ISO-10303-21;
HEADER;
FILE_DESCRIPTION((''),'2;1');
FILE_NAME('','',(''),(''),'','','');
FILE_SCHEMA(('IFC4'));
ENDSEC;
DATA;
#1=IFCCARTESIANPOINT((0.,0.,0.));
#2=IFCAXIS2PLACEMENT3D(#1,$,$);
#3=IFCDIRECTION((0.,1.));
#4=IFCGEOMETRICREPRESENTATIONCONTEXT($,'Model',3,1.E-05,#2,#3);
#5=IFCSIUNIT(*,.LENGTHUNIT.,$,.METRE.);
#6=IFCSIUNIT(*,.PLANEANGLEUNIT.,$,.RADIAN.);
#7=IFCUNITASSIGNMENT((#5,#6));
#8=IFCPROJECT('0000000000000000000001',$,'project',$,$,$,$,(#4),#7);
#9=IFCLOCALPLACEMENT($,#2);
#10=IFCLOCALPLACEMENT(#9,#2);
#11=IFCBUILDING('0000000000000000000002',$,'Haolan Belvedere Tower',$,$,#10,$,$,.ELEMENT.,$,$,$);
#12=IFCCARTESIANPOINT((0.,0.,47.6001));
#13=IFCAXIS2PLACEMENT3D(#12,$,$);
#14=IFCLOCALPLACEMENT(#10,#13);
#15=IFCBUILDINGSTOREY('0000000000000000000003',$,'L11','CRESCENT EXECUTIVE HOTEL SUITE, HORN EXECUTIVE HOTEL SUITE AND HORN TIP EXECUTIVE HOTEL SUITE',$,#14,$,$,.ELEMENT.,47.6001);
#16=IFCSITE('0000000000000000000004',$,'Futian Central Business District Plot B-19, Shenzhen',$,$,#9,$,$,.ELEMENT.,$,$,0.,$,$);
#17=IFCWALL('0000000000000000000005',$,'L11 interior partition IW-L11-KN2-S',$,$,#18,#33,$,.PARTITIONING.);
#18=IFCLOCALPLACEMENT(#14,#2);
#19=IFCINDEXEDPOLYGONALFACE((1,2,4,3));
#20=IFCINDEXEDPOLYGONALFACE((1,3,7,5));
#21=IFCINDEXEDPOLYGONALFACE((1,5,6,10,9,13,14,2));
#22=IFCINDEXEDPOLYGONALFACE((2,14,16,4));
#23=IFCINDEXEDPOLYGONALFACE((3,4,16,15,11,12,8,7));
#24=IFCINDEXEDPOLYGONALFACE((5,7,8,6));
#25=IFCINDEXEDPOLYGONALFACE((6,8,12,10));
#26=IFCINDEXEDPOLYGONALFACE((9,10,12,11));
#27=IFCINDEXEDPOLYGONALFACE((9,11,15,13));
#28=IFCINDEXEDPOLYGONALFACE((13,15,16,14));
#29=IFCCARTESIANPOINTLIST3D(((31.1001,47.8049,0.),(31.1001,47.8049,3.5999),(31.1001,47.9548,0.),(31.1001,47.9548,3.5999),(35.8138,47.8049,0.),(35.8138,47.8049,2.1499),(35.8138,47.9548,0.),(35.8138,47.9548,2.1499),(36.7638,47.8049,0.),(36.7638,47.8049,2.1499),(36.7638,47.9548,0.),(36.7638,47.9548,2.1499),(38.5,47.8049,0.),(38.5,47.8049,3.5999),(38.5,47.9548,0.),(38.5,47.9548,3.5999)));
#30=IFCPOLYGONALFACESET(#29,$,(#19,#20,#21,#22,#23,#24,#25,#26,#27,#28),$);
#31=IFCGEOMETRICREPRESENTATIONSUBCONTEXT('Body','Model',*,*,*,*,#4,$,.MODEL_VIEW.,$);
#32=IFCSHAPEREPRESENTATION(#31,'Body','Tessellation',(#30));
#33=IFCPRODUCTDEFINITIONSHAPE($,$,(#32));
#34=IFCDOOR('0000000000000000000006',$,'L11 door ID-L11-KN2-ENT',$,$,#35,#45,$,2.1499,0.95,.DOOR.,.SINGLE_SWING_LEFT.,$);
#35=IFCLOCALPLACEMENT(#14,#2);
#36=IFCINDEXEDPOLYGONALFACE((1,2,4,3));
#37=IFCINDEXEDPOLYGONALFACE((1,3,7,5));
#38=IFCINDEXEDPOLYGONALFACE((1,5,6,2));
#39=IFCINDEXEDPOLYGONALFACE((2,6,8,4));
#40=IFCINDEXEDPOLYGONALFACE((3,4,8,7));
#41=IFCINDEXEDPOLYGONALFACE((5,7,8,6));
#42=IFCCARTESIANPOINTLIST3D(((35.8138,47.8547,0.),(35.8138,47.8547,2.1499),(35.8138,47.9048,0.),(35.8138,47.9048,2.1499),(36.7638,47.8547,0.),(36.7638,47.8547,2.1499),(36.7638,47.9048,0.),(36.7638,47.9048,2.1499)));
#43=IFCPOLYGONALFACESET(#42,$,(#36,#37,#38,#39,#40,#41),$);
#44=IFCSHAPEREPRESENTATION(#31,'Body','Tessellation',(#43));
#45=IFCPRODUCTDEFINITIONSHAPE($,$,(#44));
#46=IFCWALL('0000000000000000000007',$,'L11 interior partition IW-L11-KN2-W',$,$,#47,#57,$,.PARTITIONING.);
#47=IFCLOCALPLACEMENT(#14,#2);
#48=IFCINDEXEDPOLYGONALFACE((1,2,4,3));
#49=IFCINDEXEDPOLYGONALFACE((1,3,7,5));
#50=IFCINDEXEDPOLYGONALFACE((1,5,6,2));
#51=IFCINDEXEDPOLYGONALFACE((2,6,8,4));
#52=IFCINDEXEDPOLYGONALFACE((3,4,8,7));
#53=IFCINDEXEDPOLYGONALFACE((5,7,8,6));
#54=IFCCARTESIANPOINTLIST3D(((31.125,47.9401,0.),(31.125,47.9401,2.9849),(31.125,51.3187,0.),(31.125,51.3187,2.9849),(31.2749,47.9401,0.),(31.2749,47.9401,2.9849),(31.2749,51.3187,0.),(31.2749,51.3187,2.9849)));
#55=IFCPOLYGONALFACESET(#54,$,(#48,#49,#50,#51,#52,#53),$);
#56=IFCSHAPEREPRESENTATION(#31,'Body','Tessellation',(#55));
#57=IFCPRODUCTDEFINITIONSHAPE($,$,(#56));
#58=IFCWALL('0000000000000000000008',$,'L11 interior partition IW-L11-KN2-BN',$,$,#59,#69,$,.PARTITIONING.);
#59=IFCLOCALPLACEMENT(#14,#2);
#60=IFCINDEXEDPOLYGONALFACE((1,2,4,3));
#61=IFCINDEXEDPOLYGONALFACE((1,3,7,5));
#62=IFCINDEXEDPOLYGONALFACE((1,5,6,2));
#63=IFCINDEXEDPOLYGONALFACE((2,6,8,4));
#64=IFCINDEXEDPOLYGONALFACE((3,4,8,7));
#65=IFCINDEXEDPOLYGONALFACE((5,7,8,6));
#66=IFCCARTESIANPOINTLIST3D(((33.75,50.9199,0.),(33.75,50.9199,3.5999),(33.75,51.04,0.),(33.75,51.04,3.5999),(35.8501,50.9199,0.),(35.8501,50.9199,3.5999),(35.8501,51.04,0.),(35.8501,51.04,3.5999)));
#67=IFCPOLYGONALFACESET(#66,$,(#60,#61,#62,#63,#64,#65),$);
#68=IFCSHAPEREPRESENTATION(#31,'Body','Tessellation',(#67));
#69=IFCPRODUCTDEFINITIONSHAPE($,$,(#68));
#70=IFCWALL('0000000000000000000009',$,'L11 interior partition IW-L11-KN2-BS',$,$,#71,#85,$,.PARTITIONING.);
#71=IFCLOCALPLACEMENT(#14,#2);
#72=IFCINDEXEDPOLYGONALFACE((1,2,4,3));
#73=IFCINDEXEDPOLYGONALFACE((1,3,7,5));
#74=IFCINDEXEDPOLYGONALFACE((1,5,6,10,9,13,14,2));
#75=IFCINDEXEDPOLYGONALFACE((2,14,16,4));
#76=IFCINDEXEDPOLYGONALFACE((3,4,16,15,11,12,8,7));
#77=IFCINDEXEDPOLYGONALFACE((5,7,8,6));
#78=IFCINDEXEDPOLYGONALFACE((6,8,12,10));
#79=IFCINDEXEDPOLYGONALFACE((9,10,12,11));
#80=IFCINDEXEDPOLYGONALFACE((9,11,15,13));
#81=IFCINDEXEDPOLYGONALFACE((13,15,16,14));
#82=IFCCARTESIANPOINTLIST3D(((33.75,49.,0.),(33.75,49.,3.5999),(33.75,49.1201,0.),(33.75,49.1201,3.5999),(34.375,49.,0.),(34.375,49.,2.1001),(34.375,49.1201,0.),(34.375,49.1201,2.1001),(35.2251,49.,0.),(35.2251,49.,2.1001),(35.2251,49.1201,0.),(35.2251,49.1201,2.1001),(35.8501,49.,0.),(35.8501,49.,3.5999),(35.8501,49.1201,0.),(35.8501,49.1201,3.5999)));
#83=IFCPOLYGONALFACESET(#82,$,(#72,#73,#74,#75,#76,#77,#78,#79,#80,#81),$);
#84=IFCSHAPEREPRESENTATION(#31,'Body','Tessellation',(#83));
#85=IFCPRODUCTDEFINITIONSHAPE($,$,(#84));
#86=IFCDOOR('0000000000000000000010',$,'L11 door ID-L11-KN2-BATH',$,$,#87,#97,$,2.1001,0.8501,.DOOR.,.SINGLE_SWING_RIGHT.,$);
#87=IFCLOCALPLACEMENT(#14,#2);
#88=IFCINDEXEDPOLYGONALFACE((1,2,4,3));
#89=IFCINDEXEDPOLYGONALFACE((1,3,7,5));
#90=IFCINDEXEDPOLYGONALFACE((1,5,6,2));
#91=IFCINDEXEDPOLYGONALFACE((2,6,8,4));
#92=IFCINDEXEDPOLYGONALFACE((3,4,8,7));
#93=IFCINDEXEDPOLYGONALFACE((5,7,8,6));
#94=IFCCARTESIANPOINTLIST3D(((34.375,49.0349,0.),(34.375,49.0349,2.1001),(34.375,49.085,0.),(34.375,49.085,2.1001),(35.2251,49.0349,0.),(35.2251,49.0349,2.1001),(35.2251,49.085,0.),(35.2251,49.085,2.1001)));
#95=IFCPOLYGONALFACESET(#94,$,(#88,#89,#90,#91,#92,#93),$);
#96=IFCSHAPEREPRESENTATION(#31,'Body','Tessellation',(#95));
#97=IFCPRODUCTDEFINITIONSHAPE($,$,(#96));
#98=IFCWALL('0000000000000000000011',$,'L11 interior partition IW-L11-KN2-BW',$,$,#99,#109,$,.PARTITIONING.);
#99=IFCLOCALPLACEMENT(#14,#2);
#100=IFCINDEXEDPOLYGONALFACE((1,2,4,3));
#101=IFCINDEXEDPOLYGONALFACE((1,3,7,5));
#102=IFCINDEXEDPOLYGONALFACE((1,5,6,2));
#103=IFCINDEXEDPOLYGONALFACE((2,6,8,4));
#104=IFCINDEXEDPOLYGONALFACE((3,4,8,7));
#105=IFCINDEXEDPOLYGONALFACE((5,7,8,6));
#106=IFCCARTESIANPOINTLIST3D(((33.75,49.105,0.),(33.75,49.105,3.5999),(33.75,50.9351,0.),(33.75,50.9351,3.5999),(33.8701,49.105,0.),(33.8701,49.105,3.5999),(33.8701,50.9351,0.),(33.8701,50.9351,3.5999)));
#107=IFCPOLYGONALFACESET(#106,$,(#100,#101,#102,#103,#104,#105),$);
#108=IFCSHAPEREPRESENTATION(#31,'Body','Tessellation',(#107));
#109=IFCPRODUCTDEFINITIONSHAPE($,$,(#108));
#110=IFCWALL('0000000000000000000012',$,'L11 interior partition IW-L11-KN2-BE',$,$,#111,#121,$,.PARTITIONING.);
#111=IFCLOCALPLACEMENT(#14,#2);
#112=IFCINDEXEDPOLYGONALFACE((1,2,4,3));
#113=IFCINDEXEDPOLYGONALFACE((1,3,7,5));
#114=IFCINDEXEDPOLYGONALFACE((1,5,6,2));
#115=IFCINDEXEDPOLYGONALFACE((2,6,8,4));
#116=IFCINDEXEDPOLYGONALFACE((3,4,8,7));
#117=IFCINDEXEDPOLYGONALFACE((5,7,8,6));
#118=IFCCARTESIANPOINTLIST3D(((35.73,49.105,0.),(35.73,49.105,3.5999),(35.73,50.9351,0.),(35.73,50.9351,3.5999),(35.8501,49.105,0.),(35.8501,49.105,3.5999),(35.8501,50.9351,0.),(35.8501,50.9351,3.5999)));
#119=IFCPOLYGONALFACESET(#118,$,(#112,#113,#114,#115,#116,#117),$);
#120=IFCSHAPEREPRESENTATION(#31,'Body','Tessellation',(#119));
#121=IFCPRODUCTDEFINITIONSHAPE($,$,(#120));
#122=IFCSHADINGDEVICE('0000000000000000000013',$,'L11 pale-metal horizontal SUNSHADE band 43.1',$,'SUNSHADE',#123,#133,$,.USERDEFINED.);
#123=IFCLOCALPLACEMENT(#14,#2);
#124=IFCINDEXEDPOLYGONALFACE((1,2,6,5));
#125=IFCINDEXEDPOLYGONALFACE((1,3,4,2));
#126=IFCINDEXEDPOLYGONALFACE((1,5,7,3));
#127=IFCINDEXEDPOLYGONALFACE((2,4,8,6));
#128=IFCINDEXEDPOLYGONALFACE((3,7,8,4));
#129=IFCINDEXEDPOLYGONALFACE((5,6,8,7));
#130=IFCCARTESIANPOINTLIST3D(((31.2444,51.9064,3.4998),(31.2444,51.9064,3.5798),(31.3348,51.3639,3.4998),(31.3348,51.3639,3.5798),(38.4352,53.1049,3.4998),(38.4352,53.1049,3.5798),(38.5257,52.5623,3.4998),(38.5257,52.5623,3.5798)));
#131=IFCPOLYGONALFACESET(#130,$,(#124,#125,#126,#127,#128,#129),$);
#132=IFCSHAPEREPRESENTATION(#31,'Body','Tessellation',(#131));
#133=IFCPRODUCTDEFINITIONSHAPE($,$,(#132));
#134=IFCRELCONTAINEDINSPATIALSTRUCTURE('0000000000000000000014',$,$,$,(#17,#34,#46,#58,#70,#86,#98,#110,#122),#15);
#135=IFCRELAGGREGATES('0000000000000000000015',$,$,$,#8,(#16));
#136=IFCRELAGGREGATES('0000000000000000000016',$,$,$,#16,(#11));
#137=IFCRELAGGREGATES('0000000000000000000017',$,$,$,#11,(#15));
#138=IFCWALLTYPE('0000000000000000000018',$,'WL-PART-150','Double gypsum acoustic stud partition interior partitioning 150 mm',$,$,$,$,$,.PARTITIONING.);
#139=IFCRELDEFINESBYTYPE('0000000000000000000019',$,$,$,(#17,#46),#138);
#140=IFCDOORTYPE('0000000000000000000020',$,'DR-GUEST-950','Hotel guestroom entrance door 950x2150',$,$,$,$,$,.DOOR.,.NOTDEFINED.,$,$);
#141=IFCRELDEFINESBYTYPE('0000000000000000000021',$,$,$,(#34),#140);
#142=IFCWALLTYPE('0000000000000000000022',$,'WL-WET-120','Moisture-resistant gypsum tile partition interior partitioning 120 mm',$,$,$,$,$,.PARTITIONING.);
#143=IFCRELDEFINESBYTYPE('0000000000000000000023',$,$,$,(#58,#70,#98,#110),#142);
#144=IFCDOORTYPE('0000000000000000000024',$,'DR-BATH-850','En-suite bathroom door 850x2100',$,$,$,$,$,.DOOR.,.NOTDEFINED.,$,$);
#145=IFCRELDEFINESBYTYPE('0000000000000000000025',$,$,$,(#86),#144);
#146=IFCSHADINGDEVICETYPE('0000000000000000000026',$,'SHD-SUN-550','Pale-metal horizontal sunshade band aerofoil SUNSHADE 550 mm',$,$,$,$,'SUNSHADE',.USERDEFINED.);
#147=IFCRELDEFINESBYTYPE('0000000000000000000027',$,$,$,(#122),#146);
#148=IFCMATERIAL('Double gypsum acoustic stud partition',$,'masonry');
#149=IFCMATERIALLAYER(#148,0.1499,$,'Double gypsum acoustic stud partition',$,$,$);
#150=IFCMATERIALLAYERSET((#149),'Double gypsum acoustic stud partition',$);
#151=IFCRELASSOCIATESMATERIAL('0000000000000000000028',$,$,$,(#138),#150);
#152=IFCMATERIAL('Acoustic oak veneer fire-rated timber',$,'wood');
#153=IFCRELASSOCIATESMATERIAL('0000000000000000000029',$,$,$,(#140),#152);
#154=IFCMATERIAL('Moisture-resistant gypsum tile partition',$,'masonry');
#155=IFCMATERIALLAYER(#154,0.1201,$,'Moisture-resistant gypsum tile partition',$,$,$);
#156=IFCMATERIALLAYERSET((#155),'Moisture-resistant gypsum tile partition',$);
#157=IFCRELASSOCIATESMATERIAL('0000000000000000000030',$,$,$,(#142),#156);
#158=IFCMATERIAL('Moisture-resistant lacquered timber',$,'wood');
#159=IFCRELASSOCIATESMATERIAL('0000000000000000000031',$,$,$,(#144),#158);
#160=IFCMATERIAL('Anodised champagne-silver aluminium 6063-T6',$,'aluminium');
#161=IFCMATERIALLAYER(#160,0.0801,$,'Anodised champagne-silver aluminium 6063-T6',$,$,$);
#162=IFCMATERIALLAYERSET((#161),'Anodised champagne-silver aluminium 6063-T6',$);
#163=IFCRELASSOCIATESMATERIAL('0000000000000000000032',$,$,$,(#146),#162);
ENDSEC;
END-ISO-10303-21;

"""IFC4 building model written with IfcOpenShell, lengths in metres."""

from ifc_helpers import new_model, si_unit, direction, frame, frame_2d, origin, origin_2d, place, context, subcontext, project, spatial, rectangle, extrude, material, layer, layer_set, type_object, element, fill, save


model = new_model("IFC4")

# Units and contexts
model_context = context("Model", 3, precision=1e-05, world=origin(), true_north=direction((0.0, 1.0)))
body_context = subcontext(model_context, "Body", "Model", "MODEL_VIEW")
ifc_project = project(units=[si_unit("LENGTHUNIT", "METRE"), si_unit("PLANEANGLEUNIT", "RADIAN")], contexts=[model_context])

# Site, building, storey
site_placement = place(None, origin())
site = spatial("IfcSite", under=ifc_project, at=site_placement, Name="Futian Central Business District Plot B-19, Shenzhen", CompositionType="ELEMENT", RefElevation=0.0)
building_placement = place(site_placement, origin())
building = spatial("IfcBuilding", under=site, at=building_placement, Name="Haolan Belvedere Tower", CompositionType="ELEMENT")
storey_placement = place(building_placement, frame((0.0, 0.0, 47.6001)))
storey = spatial("IfcBuildingStorey", under=building, at=storey_placement, Name="L11", Description="CRESCENT EXECUTIVE HOTEL SUITE, HORN EXECUTIVE HOTEL SUITE AND HORN TIP EXECUTIVE HOTEL SUITE", CompositionType="ELEMENT", Elevation=47.6001)

# Wall, opening, door
ifc_material_1 = material(Name="Double gypsum acoustic stud partition", Category="masonry")
ifc_layer_1 = layer(ifc_material_1, 0.1499, Name="Double gypsum acoustic stud partition")
ifc_layer_set_1 = layer_set([ifc_layer_1], Name="Double gypsum acoustic stud partition")
wall_type_1 = type_object("IfcWallType", Name="WL-PART-150", Description="Double gypsum acoustic stud partition interior partitioning 150 mm", PredefinedType="PARTITIONING", material=ifc_layer_set_1)
wall_1_placement = place(storey_placement, frame((31.1001, 47.8799, 0.0), z_axis=(0.0, 0.0, 1.0), x_axis=(1.0, 0.0, 0.0)))
wall_1 = element("IfcWall", 1, at=wall_1_placement, inside=storey, type_object=wall_type_1, Name="L11 interior partition IW-L11-KN2-S", PredefinedType="PARTITIONING", context=body_context, shape_type="SweptSolid", body=[
    extrude(rectangle(XDim=7.3999, YDim=0.1499, at=frame_2d((3.7, 0.0))), origin(), (0.0, 0.0, 1.0), 3.5999),
])
opening_1_placement = place(wall_1_placement, frame((4.7136, 0.0, 0.0)))
opening_1 = element("IfcOpeningElement", 2, at=opening_1_placement, cuts=wall_1, PredefinedType="OPENING", context=body_context, shape_type="SweptSolid", body=[
    extrude(rectangle(XDim=0.95, YDim=2.1499, at=frame_2d((0.4751, 1.075))), frame((0.0, 0.085, 0.0), z_axis=(0.0, -1.0, 0.0), x_axis=(1.0, 0.0, 0.0)), (0.0, 0.0, 1.0), 0.1699),
])
ifc_material_2 = material(Name="Acoustic oak veneer fire-rated timber", Category="wood")
door_type_1 = type_object("IfcDoorType", Name="DR-GUEST-950", Description="Hotel guestroom entrance door 950x2150", OperationType="NOTDEFINED", PredefinedType="DOOR", material=ifc_material_2)
door_1_placement = place(opening_1_placement, origin())
door_1 = element("IfcDoor", 3, at=door_1_placement, inside=storey, type_object=door_type_1, Name="L11 door ID-L11-KN2-ENT", OperationType="SINGLE_SWING_LEFT", OverallHeight=2.1499, OverallWidth=0.95, PredefinedType="DOOR", context=body_context, shape_type="SweptSolid", body=[
    extrude(rectangle(XDim=0.95, YDim=2.1499, at=frame_2d((0.4751, 1.075))), frame((0.0, 0.0249, 0.0), z_axis=(0.0, -1.0, 0.0), x_axis=(1.0, 0.0, 0.0)), (0.0, 0.0, 1.0), 0.05),
])
fill(opening_1, door_1)

# Walls
wall_2_placement = place(storey_placement, frame((31.2, 47.9399, 0.0), z_axis=(0.0, 0.0, 1.0), x_axis=(0.0, 1.0, 0.0)))
element("IfcWall", 4, at=wall_2_placement, inside=storey, type_object=wall_type_1, Name="L11 interior partition IW-L11-KN2-W", PredefinedType="PARTITIONING", context=body_context, shape_type="SweptSolid", body=[
    extrude(rectangle(XDim=3.3787, YDim=0.1499, at=frame_2d((1.6895, 0.0))), origin(), (0.0, 0.0, 1.0), 2.9849),
])
ifc_material_3 = material(Name="Moisture-resistant gypsum tile partition", Category="masonry")
ifc_layer_2 = layer(ifc_material_3, 0.1201, Name="Moisture-resistant gypsum tile partition")
ifc_layer_set_2 = layer_set([ifc_layer_2], Name="Moisture-resistant gypsum tile partition")
wall_type_2 = type_object("IfcWallType", Name="WL-WET-120", Description="Moisture-resistant gypsum tile partition interior partitioning 120 mm", PredefinedType="PARTITIONING", material=ifc_layer_set_2)
wall_3_placement = place(storey_placement, frame((33.75, 50.98, 0.0), z_axis=(0.0, 0.0, 1.0), x_axis=(1.0, 0.0, 0.0)))
element("IfcWall", 5, at=wall_3_placement, inside=storey, type_object=wall_type_2, Name="L11 interior partition IW-L11-KN2-BN", PredefinedType="PARTITIONING", context=body_context, shape_type="SweptSolid", body=[
    extrude(rectangle(XDim=2.1001, YDim=0.1201, at=frame_2d((1.05, 0.0))), origin(), (0.0, 0.0, 1.0), 3.5999),
])

# Wall, opening, door
wall_4_placement = place(storey_placement, frame((33.75, 49.0601, 0.0), z_axis=(0.0, 0.0, 1.0), x_axis=(1.0, 0.0, 0.0)))
wall_4 = element("IfcWall", 6, at=wall_4_placement, inside=storey, type_object=wall_type_2, Name="L11 interior partition IW-L11-KN2-BS", PredefinedType="PARTITIONING", context=body_context, shape_type="SweptSolid", body=[
    extrude(rectangle(XDim=2.1001, YDim=0.1201, at=frame_2d((1.05, 0.0))), origin(), (0.0, 0.0, 1.0), 3.5999),
])
opening_2_placement = place(wall_4_placement, frame((0.625, 0.0, 0.0)))
opening_2 = element("IfcOpeningElement", 7, at=opening_2_placement, cuts=wall_4, PredefinedType="OPENING", context=body_context, shape_type="SweptSolid", body=[
    extrude(rectangle(XDim=0.8501, YDim=2.1001, at=frame_2d((0.425, 1.05))), frame((0.0, 0.0701, 0.0), z_axis=(0.0, -1.0, 0.0), x_axis=(1.0, 0.0, 0.0)), (0.0, 0.0, 1.0), 0.1401),
])
ifc_material_4 = material(Name="Moisture-resistant lacquered timber", Category="wood")
door_type_2 = type_object("IfcDoorType", Name="DR-BATH-850", Description="En-suite bathroom door 850x2100", OperationType="NOTDEFINED", PredefinedType="DOOR", material=ifc_material_4)
door_2_placement = place(opening_2_placement, origin())
door_2 = element("IfcDoor", 8, at=door_2_placement, inside=storey, type_object=door_type_2, Name="L11 door ID-L11-KN2-BATH", OperationType="SINGLE_SWING_RIGHT", OverallHeight=2.1001, OverallWidth=0.8501, PredefinedType="DOOR", context=body_context, shape_type="SweptSolid", body=[
    extrude(rectangle(XDim=0.8501, YDim=2.1001, at=frame_2d((0.425, 1.05))), frame((0.0, 0.0249, 0.0), z_axis=(0.0, -1.0, 0.0), x_axis=(1.0, 0.0, 0.0)), (0.0, 0.0, 1.0), 0.05),
])
fill(opening_2, door_2)

# Walls
for number, where, z_axis, x_axis, name in (
    (9, (33.8101, 49.105, 0.0), (0.0, 0.0, 1.0), (0.0, 1.0, 0.0), "L11 interior partition IW-L11-KN2-BW"),
    (10, (35.79, 49.105, 0.0), (0.0, 0.0, 1.0), (0.0, 1.0, 0.0), "L11 interior partition IW-L11-KN2-BE"),
):
    element("IfcWall", number, at=place(storey_placement, frame(where, z_axis=z_axis, x_axis=x_axis)), inside=storey, type_object=wall_type_2, Name=name, PredefinedType="PARTITIONING", context=body_context, shape_type="SweptSolid", body=[
        extrude(rectangle(XDim=1.8301, YDim=0.1201, at=frame_2d((0.915, 0.0))), origin(), (0.0, 0.0, 1.0), 3.5999),
    ])

# Shading device
ifc_material_5 = material(Name="Anodised champagne-silver aluminium 6063-T6", Category="aluminium")
ifc_layer_3 = layer(ifc_material_5, 0.0801, Name="Anodised champagne-silver aluminium 6063-T6")
ifc_layer_set_3 = layer_set([ifc_layer_3], Name="Anodised champagne-silver aluminium 6063-T6")
shading_device_type = type_object("IfcShadingDeviceType", Name="SHD-SUN-550", Description="Pale-metal horizontal sunshade band aerofoil SUNSHADE 550 mm", ElementType="SUNSHADE", PredefinedType="USERDEFINED", material=ifc_layer_set_3)
shading_device_placement = place(storey_placement, frame((34.885, 52.2344, 3.4998), z_axis=(0.0, 0.0, 1.0), x_axis=(-0.986395, -0.164393, 0.0)))
element("IfcShadingDevice", 11, at=shading_device_placement, inside=storey, type_object=shading_device_type, Name="L11 pale-metal horizontal SUNSHADE band 43.1", ObjectType="SUNSHADE", PredefinedType="USERDEFINED", context=body_context, shape_type="SweptSolid", body=[
    extrude(rectangle(XDim=7.29, YDim=0.55, at=origin_2d()), origin(), (0.0, 0.0, 1.0), 0.0801),
])

save(model, "model.ifc")
